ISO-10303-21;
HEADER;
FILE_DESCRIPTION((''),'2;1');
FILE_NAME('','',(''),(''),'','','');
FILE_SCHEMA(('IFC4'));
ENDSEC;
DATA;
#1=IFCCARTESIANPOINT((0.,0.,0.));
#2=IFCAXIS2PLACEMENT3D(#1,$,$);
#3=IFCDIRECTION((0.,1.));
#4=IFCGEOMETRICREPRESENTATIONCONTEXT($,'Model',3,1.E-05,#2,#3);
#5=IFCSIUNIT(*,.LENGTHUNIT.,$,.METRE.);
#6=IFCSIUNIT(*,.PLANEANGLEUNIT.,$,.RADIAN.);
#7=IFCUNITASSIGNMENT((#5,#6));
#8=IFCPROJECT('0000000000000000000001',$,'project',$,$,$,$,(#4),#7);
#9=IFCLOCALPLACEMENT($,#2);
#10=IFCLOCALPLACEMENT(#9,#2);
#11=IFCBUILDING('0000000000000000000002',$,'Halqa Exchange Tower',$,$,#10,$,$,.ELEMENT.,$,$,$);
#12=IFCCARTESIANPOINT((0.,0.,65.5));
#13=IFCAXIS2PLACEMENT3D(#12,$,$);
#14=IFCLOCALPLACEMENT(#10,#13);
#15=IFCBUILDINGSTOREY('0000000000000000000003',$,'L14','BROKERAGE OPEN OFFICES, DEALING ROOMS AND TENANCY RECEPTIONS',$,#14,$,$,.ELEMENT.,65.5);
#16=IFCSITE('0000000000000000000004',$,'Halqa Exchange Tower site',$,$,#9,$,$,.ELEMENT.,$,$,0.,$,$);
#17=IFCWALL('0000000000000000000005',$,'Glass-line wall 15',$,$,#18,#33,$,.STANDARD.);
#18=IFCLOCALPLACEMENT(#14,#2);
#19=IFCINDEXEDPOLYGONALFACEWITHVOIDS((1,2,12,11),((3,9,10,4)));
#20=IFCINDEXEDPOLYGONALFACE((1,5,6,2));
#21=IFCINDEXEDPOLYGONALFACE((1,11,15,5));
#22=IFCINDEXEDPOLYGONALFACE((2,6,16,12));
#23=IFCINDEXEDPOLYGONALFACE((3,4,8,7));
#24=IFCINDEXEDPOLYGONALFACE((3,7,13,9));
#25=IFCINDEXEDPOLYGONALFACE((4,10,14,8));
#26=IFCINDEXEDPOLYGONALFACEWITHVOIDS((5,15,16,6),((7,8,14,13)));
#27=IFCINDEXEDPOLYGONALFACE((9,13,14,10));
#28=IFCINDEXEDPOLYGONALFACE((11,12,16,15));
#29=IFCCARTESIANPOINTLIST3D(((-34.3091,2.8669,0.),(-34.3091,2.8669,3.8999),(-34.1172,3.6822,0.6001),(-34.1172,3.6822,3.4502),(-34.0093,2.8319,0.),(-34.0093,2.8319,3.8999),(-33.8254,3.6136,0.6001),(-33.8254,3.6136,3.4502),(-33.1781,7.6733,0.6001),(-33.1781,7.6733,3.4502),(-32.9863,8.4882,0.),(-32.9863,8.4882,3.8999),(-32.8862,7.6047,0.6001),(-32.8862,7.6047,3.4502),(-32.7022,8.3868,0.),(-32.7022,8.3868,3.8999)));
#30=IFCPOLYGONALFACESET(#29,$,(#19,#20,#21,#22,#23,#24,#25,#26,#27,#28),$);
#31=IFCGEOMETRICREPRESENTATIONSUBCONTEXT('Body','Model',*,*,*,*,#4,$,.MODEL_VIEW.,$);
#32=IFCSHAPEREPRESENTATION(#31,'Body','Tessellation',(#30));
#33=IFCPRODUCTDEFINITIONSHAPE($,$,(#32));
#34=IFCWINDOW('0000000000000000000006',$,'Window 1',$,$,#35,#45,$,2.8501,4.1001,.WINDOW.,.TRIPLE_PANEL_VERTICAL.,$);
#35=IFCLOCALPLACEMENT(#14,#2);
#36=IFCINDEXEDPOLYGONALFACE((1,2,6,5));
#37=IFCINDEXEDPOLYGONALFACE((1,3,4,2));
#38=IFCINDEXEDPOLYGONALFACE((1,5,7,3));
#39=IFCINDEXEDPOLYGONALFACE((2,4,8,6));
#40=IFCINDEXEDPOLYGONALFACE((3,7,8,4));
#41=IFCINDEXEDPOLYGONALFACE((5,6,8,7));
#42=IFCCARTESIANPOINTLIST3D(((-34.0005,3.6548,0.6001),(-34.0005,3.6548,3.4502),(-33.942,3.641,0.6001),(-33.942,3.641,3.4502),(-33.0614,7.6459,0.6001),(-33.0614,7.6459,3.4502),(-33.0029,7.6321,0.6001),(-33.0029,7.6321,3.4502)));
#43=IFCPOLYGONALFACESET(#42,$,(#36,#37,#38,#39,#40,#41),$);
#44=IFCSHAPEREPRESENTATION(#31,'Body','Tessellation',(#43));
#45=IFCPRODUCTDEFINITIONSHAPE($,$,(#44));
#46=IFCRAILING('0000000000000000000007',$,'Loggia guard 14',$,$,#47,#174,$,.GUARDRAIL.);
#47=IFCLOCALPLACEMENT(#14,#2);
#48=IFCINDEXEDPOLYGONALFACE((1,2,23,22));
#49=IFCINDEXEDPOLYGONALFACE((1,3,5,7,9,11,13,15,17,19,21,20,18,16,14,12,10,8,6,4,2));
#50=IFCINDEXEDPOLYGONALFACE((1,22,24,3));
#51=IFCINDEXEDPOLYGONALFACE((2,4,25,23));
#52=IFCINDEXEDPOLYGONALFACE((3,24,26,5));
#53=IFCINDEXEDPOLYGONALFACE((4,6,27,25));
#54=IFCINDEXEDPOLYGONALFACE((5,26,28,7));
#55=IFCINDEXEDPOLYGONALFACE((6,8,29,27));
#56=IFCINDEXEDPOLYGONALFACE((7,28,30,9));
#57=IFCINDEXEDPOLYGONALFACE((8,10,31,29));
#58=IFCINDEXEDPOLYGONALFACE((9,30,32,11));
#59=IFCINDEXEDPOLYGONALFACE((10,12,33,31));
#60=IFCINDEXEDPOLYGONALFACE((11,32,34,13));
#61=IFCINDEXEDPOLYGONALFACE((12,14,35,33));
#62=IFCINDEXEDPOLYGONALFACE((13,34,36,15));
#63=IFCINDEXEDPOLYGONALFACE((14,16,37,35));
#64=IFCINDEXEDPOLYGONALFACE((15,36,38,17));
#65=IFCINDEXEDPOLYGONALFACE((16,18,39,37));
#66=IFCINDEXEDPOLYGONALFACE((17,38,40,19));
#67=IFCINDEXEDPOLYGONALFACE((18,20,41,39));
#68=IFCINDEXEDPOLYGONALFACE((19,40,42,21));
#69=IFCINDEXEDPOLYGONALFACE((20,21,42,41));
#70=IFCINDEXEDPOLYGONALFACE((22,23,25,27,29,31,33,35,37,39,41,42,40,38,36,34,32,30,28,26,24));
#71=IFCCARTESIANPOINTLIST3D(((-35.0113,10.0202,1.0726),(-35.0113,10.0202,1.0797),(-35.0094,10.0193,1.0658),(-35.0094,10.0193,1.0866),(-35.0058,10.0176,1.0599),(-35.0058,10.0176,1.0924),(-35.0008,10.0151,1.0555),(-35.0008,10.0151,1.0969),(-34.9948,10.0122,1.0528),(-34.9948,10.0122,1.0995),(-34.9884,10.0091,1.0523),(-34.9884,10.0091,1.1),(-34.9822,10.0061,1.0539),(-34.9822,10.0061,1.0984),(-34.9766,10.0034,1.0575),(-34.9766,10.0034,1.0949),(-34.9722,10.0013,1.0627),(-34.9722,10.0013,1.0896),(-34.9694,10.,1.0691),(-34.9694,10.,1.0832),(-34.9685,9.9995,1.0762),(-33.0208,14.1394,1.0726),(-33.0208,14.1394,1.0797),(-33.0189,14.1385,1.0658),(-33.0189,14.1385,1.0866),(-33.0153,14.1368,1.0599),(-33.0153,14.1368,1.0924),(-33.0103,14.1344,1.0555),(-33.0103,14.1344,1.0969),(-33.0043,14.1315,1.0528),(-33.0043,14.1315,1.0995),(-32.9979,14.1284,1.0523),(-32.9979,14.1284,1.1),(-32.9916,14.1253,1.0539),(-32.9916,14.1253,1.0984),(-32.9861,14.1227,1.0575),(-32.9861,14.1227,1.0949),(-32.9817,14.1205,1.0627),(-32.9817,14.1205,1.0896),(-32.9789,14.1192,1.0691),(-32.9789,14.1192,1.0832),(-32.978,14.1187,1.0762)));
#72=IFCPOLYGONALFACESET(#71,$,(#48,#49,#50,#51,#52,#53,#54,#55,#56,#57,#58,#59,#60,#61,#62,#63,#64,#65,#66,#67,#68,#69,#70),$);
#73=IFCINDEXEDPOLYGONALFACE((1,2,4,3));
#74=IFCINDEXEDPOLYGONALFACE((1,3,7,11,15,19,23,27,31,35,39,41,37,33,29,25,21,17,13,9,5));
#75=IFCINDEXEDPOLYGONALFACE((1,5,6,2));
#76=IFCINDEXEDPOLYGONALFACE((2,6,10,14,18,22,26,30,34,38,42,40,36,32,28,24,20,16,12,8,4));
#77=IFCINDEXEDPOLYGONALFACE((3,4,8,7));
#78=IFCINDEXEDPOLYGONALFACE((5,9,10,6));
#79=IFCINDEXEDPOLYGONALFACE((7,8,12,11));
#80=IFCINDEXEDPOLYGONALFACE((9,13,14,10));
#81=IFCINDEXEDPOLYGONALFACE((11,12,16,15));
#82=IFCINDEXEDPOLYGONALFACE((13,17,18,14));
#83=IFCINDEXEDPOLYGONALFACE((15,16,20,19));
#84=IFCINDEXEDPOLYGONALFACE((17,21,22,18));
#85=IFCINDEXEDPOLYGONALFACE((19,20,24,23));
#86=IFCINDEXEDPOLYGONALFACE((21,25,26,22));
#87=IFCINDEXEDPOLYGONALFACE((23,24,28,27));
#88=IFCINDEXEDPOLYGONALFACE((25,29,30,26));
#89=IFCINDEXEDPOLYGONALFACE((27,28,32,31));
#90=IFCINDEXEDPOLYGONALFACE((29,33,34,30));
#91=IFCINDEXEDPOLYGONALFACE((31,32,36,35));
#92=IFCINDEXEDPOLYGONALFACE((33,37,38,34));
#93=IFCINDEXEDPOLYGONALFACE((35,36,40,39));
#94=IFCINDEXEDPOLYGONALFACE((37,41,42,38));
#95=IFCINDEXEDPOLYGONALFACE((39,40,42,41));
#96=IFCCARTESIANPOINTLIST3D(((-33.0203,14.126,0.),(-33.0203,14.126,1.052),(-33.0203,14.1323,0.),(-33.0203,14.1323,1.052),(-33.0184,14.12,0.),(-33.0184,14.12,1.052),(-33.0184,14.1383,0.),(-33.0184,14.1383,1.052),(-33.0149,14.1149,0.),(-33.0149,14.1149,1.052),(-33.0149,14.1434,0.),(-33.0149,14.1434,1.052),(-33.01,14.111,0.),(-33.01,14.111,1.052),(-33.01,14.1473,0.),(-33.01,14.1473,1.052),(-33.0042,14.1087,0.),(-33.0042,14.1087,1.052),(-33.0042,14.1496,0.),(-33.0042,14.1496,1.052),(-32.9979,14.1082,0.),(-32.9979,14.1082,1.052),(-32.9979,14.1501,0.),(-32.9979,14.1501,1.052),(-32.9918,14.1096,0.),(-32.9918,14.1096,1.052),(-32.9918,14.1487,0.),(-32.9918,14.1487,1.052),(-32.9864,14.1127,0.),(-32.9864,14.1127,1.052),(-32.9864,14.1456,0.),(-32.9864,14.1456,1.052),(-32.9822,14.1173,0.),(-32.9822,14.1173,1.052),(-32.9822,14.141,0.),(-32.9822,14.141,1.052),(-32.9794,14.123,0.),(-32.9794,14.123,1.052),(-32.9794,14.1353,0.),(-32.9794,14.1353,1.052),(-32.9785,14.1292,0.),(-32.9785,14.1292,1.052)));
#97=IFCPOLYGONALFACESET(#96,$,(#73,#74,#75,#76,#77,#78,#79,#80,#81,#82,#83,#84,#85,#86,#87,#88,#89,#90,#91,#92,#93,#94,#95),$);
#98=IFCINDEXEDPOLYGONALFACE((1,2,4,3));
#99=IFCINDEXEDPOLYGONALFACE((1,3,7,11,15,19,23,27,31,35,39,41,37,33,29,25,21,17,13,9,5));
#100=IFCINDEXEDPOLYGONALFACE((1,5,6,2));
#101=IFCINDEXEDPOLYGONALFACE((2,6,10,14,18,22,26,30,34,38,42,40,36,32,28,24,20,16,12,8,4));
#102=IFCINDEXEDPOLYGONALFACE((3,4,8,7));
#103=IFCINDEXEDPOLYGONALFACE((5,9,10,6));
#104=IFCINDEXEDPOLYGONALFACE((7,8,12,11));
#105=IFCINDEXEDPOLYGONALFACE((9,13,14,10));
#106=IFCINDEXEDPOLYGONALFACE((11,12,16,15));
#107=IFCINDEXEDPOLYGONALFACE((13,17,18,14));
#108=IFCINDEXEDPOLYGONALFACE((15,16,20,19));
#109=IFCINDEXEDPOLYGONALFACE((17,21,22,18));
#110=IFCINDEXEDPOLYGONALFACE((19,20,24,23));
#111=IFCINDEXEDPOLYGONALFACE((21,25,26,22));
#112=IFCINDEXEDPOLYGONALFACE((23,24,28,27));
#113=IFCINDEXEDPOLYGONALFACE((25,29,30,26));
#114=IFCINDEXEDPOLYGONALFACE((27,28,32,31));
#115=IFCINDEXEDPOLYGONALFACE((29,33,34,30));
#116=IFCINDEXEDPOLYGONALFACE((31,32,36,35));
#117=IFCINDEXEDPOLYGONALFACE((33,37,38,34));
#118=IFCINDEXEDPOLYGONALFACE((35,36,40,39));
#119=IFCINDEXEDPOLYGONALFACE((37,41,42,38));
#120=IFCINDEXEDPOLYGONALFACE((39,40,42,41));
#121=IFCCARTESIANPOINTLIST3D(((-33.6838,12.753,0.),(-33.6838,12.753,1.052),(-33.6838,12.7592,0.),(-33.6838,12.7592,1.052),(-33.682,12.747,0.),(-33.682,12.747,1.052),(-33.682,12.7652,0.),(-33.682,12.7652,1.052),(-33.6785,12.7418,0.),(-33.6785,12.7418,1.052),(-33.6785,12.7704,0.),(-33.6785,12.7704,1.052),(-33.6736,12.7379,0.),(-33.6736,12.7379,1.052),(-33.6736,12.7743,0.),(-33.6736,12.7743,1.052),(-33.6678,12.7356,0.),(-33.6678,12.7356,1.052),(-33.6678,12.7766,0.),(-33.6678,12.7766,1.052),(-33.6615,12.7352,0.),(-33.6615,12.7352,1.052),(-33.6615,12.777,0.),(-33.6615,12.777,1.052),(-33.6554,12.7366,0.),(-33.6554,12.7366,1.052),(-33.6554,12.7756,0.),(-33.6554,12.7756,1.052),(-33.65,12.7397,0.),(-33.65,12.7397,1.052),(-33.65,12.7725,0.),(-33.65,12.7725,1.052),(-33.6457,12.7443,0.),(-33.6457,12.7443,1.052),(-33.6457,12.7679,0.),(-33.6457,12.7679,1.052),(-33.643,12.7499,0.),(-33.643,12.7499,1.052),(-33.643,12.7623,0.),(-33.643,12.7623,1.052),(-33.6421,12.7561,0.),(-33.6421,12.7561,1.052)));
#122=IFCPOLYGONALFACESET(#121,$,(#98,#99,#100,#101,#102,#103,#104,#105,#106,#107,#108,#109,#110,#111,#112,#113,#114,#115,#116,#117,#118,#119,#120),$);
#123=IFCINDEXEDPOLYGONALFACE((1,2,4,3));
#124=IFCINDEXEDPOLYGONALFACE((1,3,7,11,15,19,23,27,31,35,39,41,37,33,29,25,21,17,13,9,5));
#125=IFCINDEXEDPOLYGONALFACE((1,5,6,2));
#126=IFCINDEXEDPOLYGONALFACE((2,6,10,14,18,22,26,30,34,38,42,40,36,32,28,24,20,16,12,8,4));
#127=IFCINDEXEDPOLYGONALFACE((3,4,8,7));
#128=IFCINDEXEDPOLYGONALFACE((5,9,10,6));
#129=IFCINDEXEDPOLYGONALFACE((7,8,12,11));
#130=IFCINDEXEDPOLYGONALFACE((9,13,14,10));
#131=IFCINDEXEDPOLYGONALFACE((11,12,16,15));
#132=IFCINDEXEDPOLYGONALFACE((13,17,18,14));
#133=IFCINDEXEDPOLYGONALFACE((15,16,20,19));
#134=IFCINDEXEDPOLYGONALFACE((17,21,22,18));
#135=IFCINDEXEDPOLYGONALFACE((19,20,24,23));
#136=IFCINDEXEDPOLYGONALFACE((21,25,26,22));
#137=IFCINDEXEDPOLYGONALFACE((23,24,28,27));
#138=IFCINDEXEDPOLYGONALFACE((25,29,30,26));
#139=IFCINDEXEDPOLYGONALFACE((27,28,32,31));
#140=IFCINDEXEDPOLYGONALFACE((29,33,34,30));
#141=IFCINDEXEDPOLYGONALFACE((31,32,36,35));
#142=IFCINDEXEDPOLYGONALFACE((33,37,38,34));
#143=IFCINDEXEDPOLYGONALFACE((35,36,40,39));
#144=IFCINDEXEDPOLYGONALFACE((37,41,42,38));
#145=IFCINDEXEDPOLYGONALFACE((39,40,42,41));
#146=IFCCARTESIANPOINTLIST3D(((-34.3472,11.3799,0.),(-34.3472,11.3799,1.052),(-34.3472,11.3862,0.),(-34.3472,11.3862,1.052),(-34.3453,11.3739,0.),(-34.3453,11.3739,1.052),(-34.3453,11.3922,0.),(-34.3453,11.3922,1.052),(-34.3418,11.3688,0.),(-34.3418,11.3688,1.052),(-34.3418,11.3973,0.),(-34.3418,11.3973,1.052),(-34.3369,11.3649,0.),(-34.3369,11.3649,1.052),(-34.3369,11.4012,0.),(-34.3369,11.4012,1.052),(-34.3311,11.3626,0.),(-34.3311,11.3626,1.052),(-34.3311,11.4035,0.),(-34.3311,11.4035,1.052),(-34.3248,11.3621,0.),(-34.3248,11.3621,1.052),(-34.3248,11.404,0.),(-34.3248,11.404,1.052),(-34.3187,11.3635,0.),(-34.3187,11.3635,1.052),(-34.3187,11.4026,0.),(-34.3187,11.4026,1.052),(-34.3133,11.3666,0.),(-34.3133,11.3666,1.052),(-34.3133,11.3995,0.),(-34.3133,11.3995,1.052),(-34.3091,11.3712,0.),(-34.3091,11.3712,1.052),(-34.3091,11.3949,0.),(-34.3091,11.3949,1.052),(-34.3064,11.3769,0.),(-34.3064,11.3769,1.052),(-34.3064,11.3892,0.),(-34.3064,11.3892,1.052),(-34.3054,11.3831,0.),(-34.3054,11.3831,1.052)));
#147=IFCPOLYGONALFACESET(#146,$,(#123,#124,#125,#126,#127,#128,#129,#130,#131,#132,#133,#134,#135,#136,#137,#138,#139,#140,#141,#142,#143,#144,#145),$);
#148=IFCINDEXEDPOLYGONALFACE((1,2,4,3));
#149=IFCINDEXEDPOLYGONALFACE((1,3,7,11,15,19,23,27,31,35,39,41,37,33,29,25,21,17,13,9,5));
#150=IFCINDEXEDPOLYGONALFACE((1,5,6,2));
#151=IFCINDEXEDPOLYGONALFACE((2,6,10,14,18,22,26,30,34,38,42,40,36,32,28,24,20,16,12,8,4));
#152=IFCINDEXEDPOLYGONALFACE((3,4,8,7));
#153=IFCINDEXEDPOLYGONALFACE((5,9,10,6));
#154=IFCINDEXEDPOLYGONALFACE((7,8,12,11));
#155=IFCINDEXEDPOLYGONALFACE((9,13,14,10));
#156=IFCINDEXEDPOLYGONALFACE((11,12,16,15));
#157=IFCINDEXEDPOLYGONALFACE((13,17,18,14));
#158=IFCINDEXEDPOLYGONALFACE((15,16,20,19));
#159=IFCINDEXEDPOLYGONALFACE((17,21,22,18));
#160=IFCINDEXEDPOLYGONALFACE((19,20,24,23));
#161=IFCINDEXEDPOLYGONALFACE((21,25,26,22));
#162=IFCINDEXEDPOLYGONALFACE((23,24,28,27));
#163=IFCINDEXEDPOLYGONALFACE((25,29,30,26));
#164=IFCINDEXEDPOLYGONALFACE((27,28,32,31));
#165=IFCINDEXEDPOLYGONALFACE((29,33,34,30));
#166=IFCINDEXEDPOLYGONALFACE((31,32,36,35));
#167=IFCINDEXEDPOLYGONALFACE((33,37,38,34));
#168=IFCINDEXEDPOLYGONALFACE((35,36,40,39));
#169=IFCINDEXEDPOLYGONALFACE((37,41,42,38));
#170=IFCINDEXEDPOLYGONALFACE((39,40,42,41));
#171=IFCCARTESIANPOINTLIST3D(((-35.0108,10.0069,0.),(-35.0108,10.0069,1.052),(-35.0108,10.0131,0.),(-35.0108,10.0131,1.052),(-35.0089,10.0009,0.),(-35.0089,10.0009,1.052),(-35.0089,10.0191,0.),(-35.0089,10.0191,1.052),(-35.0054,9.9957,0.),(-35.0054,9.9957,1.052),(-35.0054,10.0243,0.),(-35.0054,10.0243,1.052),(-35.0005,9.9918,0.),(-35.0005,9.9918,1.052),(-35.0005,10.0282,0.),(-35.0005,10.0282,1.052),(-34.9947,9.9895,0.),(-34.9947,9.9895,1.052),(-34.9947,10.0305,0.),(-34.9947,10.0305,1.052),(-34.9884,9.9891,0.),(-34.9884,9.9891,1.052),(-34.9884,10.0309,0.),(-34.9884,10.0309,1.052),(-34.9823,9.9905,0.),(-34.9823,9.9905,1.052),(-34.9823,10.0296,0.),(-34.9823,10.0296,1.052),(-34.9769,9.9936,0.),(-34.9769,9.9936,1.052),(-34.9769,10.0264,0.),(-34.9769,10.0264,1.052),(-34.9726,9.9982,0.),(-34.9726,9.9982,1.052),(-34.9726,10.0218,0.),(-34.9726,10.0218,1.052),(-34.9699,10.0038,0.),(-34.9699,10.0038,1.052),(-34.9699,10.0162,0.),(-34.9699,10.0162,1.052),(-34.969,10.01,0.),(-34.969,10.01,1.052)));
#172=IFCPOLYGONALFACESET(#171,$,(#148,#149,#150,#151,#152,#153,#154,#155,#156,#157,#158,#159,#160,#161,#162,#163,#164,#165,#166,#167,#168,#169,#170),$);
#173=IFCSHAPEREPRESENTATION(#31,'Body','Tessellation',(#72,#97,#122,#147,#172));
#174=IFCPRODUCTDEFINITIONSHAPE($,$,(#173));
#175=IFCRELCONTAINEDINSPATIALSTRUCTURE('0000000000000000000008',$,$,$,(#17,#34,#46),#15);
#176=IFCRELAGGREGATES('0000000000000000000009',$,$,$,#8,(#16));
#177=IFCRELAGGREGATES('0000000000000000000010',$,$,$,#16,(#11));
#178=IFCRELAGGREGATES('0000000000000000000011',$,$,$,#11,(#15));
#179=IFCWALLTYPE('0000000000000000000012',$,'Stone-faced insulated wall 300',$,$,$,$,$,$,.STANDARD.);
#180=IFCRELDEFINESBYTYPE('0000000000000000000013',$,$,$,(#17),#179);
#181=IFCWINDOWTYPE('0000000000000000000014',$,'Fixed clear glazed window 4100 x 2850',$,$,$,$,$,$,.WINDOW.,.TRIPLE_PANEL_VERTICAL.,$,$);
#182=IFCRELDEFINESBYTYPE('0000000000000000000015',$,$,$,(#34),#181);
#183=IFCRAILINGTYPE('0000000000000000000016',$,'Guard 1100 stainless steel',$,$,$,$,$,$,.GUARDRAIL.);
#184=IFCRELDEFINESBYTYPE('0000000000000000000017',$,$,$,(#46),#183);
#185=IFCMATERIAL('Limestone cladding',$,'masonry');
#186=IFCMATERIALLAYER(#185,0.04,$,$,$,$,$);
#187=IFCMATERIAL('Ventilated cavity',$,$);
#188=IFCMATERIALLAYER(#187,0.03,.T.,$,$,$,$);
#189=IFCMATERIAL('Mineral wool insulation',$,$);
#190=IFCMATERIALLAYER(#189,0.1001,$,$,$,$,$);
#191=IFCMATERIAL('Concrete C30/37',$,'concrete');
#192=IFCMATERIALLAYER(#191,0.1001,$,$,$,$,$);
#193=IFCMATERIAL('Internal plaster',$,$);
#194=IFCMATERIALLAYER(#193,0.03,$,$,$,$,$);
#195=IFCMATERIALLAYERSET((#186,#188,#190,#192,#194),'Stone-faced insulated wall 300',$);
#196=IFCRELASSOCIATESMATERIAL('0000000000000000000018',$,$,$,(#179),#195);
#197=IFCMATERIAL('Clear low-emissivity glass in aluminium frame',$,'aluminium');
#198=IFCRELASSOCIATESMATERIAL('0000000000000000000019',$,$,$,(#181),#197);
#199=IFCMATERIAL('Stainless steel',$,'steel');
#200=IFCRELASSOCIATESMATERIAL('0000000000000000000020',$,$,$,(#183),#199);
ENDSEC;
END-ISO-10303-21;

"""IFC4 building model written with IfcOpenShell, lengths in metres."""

from ifc_helpers import new_model, si_unit, direction, frame, frame_2d, origin, origin_2d, place, context, subcontext, project, spatial, polyline, rectangle, circle, outline, extrude, material, layer, layer_set, type_object, element, fill, save


model = new_model("IFC4")

# Units and contexts
model_context = context("Model", 3, precision=1e-05, world=origin(), true_north=direction((0.0, 1.0)))
body_context = subcontext(model_context, "Body", "Model", "MODEL_VIEW")
ifc_project = project(units=[si_unit("LENGTHUNIT", "METRE"), si_unit("PLANEANGLEUNIT", "RADIAN")], contexts=[model_context])

# Site, building, storey
site_placement = place(None, origin())
site = spatial("IfcSite", under=ifc_project, at=site_placement, Name="Halqa Exchange Tower site", CompositionType="ELEMENT", RefElevation=0.0)
building_placement = place(site_placement, origin())
building = spatial("IfcBuilding", under=site, at=building_placement, Name="Halqa Exchange Tower", CompositionType="ELEMENT")
storey_placement = place(building_placement, frame((0.0, 0.0, 65.5)))
storey = spatial("IfcBuildingStorey", under=building, at=storey_placement, Name="L14", Description="BROKERAGE OPEN OFFICES, DEALING ROOMS AND TENANCY RECEPTIONS", CompositionType="ELEMENT", Elevation=65.5)

# Wall, opening, window
ifc_material_1 = material(Name="Limestone cladding", Category="masonry")
ifc_layer_1 = layer(ifc_material_1, 0.04)
ifc_material_2 = material(Name="Ventilated cavity")
ifc_layer_2 = layer(ifc_material_2, 0.03, ventilated=True)
ifc_material_3 = material(Name="Mineral wool insulation")
ifc_layer_3 = layer(ifc_material_3, 0.1001)
ifc_material_4 = material(Name="Concrete C30/37", Category="concrete")
ifc_layer_4 = layer(ifc_material_4, 0.1001)
ifc_material_5 = material(Name="Internal plaster")
ifc_layer_5 = layer(ifc_material_5, 0.03)
ifc_layer_set_1 = layer_set([ifc_layer_1, ifc_layer_2, ifc_layer_3, ifc_layer_4, ifc_layer_5], Name="Stone-faced insulated wall 300")
wall_type_1 = type_object("IfcWallType", Name="Stone-faced insulated wall 300", PredefinedType="STANDARD", material=ifc_layer_set_1)
ifc_material_6 = material(Name="Clear low-emissivity glass in aluminium frame", Category="aluminium")
window_type = type_object("IfcWindowType", Name="Fixed clear glazed window 4100 x 2850", PartitioningType="TRIPLE_PANEL_VERTICAL", PredefinedType="WINDOW", material=ifc_material_6)
wall_1_placement = place(storey_placement, frame((-32.8442, 8.4375, 0.0), z_axis=(0.0, 0.0, 1.0), x_axis=(-0.229054, -0.973414, 0.0)))
wall_1 = element("IfcWall", 1, at=wall_1_placement, inside=storey, type_object=wall_type_1, Name="Glass-line wall 15", PredefinedType="STANDARD", context=body_context, shape_type="SweptSolid", body=[
    extrude(outline(polyline([(-0.0168, -0.1499), (5.7581, -0.1499), (5.7234, 0.1499), (0.0168, 0.1499), (-0.0168, -0.1499)])), origin(), (0.0, 0.0, 1.0), 3.8999),
])
opening_1_placement = place(wall_1_placement, frame((0.8203, 0.0, 0.6001)))
opening_1 = element("IfcOpeningElement", 2, at=opening_1_placement, cuts=wall_1, PredefinedType="OPENING", context=body_context, shape_type="SweptSolid", body=[
    extrude(rectangle(XDim=4.1001, YDim=2.8501, at=frame_2d((2.05, 1.425))), frame((0.0, 0.1621, 0.0), z_axis=(0.0, -1.0, 0.0), x_axis=(1.0, 0.0, 0.0)), (0.0, 0.0, 1.0), 0.324),
])
window_1_placement = place(opening_1_placement, origin())
window_1 = element("IfcWindow", 3, at=window_1_placement, inside=storey, type_object=window_type, Name="Window 1", OverallHeight=2.8501, OverallWidth=4.1001, PartitioningType="TRIPLE_PANEL_VERTICAL", PredefinedType="WINDOW", context=body_context, shape_type="SweptSolid", body=[
    extrude(rectangle(XDim=4.1001, YDim=2.8501, at=frame_2d((2.05, 1.425))), frame((0.0, 0.03, 0.0), z_axis=(0.0, -1.0, 0.0), x_axis=(1.0, 0.0, 0.0)), (0.0, 0.0, 1.0), 0.0601),
])
fill(opening_1, window_1)

# Railing
ifc_material_7 = material(Name="Stainless steel", Category="steel")
railing_type = type_object("IfcRailingType", Name="Guard 1100 stainless steel", PredefinedType="GUARDRAIL", material=ifc_material_7)
railing_1_placement = place(storey_placement, frame((-32.9995, 14.1292, 0.0)))
element("IfcRailing", 4, at=railing_1_placement, inside=storey, type_object=railing_type, Name="Loggia guard 14", PredefinedType="GUARDRAIL", context=body_context, shape_type="SweptSolid", body=[
    extrude(circle(Radius=0.0239, at=origin_2d()), frame((0.0, 0.0, 1.0762), z_axis=(-0.435091, -0.900387, 0.0), x_axis=(0.900387, -0.435091, 0.0)), (0.0, 0.0, 1.0), 4.575),
    extrude(circle(Radius=0.021, at=origin_2d()), origin(), (0.0, 0.0, 1.0), 1.052),
    extrude(circle(Radius=0.021, at=origin_2d()), frame((-0.6636, -1.373, 0.0)), (0.0, 0.0, 1.0), 1.052),
    extrude(circle(Radius=0.021, at=origin_2d()), frame((-1.3269, -2.7461, 0.0)), (0.0, 0.0, 1.0), 1.052),
    extrude(circle(Radius=0.021, at=origin_2d()), frame((-1.9905, -4.1191, 0.0)), (0.0, 0.0, 1.0), 1.052),
])

save(model, "model.ifc")
